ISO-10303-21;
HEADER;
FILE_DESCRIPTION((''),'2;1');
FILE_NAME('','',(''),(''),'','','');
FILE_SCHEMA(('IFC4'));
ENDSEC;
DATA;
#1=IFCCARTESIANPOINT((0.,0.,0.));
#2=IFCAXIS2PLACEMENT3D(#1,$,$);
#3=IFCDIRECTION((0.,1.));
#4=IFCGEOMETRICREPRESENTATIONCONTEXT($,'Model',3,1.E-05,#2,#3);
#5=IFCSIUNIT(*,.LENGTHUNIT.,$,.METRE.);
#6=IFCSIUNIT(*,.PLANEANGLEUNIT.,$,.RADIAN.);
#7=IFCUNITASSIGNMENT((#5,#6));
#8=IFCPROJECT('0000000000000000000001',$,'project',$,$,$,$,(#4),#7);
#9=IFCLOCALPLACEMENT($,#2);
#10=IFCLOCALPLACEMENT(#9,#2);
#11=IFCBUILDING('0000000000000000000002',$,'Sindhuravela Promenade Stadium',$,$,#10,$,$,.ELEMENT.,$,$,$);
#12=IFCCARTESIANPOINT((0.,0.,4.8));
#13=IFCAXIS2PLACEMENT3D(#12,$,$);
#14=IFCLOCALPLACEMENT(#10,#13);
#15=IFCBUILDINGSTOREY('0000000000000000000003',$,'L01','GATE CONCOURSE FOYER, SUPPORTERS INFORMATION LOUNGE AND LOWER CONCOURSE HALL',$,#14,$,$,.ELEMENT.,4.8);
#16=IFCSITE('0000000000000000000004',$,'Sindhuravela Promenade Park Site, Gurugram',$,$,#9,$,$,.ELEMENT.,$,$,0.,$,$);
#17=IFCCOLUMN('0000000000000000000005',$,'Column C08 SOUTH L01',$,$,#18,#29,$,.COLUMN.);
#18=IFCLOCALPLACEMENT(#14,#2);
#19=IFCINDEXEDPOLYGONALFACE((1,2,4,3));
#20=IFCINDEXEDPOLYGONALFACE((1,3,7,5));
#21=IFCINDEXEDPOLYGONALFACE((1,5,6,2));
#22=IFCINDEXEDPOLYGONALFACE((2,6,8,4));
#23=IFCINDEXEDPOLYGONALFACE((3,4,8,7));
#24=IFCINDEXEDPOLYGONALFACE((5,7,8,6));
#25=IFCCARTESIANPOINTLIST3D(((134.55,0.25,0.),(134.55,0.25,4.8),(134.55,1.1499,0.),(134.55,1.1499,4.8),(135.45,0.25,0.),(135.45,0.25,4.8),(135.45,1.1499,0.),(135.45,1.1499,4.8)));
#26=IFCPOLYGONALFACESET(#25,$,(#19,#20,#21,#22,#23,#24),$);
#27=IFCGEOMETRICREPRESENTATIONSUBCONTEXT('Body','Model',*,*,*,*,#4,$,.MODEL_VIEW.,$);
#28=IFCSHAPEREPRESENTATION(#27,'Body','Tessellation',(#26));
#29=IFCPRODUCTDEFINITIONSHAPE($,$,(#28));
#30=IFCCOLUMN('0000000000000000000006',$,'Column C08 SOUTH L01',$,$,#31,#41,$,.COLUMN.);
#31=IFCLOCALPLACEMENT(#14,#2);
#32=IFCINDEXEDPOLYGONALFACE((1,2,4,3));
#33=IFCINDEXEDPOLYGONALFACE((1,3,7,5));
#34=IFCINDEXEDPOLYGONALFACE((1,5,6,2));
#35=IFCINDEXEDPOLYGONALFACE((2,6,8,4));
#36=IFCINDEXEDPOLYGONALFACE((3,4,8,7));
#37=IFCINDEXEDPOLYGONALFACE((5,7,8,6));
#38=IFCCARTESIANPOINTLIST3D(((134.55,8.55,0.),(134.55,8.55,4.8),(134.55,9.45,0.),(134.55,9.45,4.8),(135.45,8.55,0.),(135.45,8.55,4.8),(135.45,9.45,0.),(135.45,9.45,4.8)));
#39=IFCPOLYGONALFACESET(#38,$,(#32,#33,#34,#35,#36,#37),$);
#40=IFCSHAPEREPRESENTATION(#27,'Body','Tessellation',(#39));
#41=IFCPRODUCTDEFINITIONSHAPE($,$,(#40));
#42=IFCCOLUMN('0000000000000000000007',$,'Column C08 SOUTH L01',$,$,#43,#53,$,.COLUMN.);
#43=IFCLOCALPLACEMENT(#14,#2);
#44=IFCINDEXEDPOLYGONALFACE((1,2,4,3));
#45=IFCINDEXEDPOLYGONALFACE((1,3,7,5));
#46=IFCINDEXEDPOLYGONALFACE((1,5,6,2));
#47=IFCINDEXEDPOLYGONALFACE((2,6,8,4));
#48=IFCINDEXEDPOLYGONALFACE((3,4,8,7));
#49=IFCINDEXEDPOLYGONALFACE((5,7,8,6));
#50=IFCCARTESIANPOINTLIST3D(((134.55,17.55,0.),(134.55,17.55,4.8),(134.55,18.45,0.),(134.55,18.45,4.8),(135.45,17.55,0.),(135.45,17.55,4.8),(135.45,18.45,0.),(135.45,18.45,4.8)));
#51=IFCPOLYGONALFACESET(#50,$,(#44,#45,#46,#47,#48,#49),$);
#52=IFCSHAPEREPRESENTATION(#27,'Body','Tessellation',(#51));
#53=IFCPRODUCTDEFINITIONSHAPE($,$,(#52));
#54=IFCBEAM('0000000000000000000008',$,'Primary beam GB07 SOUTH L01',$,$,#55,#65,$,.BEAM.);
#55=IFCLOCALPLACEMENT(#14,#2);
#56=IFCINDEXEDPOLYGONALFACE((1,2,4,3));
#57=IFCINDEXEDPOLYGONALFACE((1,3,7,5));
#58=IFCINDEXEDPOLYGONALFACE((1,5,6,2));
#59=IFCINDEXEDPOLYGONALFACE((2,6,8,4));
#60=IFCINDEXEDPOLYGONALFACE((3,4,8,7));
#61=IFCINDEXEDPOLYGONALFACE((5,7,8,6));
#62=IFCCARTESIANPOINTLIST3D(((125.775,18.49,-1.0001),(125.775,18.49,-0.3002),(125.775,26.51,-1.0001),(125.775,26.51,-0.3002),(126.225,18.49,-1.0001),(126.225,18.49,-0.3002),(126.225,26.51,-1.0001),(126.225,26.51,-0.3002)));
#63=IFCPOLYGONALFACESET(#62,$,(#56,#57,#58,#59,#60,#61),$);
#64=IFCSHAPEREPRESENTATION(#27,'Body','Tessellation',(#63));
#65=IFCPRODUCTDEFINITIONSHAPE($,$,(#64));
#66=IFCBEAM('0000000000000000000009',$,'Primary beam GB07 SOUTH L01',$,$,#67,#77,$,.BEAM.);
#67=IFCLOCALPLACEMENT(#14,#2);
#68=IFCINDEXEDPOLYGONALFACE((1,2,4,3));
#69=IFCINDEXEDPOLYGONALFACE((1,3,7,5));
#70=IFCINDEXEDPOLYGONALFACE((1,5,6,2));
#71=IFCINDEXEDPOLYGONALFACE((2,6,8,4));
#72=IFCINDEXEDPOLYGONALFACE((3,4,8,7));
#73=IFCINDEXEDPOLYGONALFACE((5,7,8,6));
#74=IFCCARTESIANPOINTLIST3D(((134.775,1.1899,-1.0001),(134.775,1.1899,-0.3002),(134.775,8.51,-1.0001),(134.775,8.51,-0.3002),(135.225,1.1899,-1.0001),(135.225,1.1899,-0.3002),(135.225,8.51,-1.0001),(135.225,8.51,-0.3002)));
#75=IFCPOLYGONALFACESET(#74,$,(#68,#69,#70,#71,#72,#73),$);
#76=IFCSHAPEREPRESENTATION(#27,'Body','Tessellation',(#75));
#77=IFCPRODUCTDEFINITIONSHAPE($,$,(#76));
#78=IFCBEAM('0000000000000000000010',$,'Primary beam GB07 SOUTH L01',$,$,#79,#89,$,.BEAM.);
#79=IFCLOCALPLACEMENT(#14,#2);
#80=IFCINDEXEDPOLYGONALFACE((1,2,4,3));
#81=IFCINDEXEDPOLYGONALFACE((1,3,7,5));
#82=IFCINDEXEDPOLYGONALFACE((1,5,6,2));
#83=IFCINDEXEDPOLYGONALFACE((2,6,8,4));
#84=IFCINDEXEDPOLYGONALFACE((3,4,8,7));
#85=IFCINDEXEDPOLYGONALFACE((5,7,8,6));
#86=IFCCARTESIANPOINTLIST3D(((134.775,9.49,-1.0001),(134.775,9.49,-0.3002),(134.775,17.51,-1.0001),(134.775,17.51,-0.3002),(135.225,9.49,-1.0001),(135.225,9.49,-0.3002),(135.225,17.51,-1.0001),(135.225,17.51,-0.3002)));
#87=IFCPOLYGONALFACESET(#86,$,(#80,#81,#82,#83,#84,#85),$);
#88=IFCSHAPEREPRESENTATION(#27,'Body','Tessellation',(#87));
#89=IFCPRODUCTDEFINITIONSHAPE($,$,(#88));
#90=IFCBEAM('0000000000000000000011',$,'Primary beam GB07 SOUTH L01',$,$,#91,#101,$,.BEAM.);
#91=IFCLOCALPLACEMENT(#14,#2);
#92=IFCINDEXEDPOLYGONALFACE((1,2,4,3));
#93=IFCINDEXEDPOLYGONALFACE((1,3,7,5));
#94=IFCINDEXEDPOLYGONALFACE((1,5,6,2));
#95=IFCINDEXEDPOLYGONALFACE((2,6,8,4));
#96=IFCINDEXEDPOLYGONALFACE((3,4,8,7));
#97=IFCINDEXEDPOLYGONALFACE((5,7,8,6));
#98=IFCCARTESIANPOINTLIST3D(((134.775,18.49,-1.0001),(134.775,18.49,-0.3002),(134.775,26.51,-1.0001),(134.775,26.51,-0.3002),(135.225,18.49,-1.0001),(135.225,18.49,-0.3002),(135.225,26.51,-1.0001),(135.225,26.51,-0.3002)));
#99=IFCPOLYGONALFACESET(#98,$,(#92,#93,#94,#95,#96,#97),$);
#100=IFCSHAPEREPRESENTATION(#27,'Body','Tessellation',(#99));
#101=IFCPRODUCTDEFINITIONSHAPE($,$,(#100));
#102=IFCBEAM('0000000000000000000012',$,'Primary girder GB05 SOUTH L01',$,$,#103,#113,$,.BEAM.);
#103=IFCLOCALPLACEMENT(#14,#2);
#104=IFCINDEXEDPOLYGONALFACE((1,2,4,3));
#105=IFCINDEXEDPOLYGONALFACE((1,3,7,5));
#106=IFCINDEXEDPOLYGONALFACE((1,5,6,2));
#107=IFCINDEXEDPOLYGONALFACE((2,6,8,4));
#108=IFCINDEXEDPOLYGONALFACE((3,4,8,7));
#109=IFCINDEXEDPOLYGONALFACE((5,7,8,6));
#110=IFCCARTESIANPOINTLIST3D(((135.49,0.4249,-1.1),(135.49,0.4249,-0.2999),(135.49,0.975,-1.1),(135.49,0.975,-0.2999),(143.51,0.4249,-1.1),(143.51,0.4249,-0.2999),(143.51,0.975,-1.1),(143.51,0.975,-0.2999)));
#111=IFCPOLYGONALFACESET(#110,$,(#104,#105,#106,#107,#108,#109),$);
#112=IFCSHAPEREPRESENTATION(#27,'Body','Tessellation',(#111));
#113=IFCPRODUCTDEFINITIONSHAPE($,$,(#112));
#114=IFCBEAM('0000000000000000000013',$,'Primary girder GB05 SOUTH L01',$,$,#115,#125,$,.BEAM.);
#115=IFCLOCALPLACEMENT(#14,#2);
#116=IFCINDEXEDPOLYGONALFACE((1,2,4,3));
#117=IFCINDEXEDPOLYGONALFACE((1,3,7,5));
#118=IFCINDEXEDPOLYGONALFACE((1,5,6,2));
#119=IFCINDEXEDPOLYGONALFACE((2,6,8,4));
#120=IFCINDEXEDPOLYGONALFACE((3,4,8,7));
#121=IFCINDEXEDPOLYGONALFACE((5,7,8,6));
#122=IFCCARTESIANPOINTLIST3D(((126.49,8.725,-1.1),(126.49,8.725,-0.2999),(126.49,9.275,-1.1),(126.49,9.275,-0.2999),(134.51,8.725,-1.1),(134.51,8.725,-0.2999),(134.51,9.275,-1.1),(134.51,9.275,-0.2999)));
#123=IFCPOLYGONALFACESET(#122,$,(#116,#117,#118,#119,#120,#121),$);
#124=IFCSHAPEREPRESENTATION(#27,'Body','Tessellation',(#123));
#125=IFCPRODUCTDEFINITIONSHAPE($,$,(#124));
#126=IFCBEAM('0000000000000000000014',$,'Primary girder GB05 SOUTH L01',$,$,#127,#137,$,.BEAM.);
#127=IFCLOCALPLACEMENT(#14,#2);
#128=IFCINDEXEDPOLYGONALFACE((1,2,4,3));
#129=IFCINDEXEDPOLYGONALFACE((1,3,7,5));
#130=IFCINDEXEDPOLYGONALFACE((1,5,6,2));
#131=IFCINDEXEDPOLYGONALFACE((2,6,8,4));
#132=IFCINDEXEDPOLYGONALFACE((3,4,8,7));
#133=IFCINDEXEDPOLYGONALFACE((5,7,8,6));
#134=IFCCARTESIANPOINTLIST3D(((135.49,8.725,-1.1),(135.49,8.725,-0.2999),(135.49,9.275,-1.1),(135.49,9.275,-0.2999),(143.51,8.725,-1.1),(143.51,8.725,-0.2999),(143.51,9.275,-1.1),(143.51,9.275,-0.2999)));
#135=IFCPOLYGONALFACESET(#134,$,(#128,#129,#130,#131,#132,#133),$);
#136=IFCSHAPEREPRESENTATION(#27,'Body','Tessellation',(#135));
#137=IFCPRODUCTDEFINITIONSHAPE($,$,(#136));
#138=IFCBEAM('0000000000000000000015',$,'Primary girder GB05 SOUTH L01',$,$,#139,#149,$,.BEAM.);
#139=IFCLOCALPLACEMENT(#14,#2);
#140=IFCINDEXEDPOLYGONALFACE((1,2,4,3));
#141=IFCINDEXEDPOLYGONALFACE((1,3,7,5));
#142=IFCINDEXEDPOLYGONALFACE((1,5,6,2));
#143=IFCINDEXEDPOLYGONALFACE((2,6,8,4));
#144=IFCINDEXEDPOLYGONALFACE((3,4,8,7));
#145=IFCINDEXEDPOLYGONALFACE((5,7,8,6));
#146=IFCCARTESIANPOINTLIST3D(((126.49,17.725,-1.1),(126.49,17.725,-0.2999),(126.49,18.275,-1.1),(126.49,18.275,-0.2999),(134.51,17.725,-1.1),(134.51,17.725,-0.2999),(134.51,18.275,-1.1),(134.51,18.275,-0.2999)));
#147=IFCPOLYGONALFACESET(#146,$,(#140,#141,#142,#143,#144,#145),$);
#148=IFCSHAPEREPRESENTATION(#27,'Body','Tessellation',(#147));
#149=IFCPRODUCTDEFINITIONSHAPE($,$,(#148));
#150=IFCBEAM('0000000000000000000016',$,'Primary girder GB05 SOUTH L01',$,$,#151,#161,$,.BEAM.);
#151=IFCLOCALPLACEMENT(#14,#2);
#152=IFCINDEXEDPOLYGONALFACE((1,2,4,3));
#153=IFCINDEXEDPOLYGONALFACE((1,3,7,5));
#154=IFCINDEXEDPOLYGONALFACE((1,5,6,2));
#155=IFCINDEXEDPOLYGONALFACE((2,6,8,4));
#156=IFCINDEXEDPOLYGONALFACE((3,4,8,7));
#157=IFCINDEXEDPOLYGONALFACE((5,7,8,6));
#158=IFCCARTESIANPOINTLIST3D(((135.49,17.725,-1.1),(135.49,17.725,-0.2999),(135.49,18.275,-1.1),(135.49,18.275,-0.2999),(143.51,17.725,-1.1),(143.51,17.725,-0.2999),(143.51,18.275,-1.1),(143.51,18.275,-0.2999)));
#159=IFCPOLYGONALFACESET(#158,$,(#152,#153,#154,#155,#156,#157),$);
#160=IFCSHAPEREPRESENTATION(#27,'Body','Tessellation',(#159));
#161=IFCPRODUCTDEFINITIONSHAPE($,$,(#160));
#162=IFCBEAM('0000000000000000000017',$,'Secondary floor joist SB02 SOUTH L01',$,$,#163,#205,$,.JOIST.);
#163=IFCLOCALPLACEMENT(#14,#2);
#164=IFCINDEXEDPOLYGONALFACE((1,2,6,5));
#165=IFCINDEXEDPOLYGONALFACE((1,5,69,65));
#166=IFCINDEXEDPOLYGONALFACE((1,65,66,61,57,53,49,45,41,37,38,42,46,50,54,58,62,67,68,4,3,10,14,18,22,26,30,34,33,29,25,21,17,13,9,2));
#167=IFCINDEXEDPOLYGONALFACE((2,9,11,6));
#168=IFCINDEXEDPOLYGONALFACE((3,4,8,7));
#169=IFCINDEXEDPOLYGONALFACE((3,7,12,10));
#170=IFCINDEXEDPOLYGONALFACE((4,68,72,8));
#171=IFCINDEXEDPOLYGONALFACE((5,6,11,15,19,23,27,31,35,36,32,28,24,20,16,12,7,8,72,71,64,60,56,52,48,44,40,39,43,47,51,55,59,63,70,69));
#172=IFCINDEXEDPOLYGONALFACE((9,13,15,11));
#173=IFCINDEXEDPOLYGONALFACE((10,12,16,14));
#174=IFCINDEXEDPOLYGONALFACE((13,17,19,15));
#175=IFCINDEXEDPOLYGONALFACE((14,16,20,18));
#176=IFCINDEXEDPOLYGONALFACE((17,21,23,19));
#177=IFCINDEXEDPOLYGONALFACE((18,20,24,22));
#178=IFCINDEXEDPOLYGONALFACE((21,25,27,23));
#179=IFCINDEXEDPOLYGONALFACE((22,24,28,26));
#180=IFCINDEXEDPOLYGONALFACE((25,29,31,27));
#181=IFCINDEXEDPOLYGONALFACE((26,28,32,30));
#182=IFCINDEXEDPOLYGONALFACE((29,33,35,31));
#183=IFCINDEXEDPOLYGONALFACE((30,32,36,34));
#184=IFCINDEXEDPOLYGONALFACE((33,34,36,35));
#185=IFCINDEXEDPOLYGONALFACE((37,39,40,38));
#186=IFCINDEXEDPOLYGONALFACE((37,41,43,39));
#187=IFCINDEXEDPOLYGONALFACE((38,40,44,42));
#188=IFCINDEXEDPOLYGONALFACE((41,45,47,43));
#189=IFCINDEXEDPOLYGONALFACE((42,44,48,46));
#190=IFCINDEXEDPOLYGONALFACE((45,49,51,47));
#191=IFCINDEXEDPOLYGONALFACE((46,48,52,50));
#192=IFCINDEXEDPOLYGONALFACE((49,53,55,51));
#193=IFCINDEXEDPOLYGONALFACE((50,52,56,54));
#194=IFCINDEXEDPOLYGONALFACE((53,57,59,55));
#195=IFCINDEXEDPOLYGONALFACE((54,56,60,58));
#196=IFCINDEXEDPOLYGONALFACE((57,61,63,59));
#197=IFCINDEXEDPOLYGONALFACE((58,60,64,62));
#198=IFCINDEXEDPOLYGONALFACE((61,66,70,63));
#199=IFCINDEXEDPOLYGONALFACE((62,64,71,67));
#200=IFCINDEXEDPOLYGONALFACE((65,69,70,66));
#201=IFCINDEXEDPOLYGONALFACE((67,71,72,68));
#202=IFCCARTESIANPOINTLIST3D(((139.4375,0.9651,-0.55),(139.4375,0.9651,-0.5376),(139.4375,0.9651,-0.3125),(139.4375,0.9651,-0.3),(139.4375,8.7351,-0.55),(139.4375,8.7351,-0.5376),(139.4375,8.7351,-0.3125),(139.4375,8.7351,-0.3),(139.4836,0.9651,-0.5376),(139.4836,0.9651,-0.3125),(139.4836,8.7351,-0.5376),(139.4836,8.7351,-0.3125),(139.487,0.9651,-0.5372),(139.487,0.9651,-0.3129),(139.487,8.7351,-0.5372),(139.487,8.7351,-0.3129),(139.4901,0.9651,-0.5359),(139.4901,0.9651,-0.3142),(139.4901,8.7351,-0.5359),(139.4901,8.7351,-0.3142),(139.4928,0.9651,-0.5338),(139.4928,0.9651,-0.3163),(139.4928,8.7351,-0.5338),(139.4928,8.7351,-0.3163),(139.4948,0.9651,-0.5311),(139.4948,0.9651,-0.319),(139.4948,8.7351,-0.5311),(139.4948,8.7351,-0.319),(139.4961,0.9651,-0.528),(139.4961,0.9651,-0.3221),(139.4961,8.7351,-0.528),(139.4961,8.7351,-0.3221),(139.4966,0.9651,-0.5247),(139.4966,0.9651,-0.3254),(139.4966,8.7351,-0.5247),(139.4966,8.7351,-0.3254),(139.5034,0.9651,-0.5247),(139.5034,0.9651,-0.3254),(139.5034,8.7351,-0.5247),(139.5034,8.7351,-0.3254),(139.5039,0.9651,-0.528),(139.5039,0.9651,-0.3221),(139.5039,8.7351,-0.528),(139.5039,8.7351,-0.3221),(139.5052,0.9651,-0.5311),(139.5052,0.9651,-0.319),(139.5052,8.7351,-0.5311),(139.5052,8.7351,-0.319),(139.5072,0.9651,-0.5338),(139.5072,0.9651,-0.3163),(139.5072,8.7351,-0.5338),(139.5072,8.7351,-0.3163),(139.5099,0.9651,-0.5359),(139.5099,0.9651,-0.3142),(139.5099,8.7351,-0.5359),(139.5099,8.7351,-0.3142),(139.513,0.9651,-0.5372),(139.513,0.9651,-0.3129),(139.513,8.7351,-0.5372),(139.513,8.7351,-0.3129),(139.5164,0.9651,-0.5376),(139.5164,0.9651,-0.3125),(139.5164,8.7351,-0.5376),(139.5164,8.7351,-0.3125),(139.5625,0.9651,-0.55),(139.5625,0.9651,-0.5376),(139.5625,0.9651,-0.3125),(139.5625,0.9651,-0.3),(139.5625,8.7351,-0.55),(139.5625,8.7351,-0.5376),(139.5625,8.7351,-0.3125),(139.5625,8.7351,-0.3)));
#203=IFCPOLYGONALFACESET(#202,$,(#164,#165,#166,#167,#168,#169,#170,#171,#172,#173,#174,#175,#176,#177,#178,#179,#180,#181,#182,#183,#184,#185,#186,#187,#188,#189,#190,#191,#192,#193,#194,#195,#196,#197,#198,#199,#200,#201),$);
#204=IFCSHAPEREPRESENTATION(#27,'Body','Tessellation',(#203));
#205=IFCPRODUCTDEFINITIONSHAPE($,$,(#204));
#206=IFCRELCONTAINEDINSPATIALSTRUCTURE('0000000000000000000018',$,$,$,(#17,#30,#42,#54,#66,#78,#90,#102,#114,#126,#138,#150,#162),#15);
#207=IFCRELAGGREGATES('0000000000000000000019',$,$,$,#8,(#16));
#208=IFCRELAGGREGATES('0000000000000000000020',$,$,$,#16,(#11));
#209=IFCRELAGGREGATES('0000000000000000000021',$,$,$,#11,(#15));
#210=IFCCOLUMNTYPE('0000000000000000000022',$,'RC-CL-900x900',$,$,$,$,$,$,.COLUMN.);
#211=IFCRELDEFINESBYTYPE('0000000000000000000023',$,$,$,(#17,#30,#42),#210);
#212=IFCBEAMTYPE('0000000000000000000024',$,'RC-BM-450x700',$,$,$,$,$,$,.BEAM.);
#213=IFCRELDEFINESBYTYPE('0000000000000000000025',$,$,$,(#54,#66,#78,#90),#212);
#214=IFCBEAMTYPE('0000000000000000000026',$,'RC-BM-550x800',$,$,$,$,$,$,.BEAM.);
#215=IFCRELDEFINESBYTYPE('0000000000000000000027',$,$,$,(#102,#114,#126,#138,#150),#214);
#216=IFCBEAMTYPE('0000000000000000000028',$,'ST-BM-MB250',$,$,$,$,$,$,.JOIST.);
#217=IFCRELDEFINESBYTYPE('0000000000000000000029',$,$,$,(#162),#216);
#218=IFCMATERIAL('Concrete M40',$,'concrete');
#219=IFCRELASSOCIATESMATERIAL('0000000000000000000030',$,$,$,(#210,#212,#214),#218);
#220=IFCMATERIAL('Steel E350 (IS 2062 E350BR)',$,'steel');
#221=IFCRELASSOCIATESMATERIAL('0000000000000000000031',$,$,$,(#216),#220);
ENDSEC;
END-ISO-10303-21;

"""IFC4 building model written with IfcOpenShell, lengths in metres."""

from ifc_helpers import new_model, si_unit, direction, frame, origin, origin_2d, place, context, subcontext, project, spatial, rectangle, i_section, extrude, material, material_profile, profile_set, type_object, element, save


model = new_model("IFC4")

# Units and contexts
model_context = context("Model", 3, precision=1e-05, world=origin(), true_north=direction((0.0, 1.0)))
body_context = subcontext(model_context, "Body", "Model", "MODEL_VIEW")
ifc_project = project(units=[si_unit("LENGTHUNIT", "METRE"), si_unit("PLANEANGLEUNIT", "RADIAN")], contexts=[model_context])

# Site, building, storey
site_placement = place(None, origin())
site = spatial("IfcSite", under=ifc_project, at=site_placement, Name="Sindhuravela Promenade Park Site, Gurugram", CompositionType="ELEMENT", RefElevation=0.0)
building_placement = place(site_placement, origin())
building = spatial("IfcBuilding", under=site, at=building_placement, Name="Sindhuravela Promenade Stadium", CompositionType="ELEMENT")
storey_placement = place(building_placement, frame((0.0, 0.0, 4.8)))
storey = spatial("IfcBuildingStorey", under=building, at=storey_placement, Name="L01", Description="GATE CONCOURSE FOYER, SUPPORTERS INFORMATION LOUNGE AND LOWER CONCOURSE HALL", CompositionType="ELEMENT", Elevation=4.8)

# Columns
ifc_material_1 = material(Name="Concrete M40", Category="concrete")
ifc_material_profile_1 = material_profile(ifc_material_1, rectangle(XDim=0.8999, YDim=0.8999, at=origin_2d()), Name="RC 900x900")
ifc_profile_set_1 = profile_set([ifc_material_profile_1], Name="Concrete M40")
column_type = type_object("IfcColumnType", Name="RC-CL-900x900", PredefinedType="COLUMN", material=ifc_profile_set_1)
for number, where, z_axis, x_axis, name in (
    (1, (135.0, 0.7, 0.0), (0.0, 0.0, 1.0), (1.0, 0.0, 0.0), "Column C08 SOUTH L01"),
    (2, (135.0, 9.0, 0.0), (0.0, 0.0, 1.0), (1.0, 0.0, 0.0), "Column C08 SOUTH L01"),
    (3, (135.0, 18.0, 0.0), (0.0, 0.0, 1.0), (1.0, 0.0, 0.0), "Column C08 SOUTH L01"),
):
    element("IfcColumn", number, at=place(storey_placement, frame(where, z_axis=z_axis, x_axis=x_axis)), inside=storey, type_object=column_type, Name=name, PredefinedType="COLUMN", context=body_context, shape_type="SweptSolid", body=[
        extrude(rectangle(XDim=0.8999, YDim=0.8999, at=origin_2d()), origin(), (0.0, 0.0, 1.0), 4.8),
    ])

# Beams
ifc_material_profile_2 = material_profile(ifc_material_1, rectangle(XDim=0.45, YDim=0.7, at=origin_2d()), Name="RC 450x700")
ifc_profile_set_2 = profile_set([ifc_material_profile_2], Name="Concrete M40")
beam_type_1 = type_object("IfcBeamType", Name="RC-BM-450x700", PredefinedType="BEAM", material=ifc_profile_set_2)
beam_1_placement = place(storey_placement, frame((126.0, 18.49, -0.6501), z_axis=(0.0, 1.0, 0.0), x_axis=(-1.0, 0.0, 0.0)))
element("IfcBeam", 4, at=beam_1_placement, inside=storey, type_object=beam_type_1, Name="Primary beam GB07 SOUTH L01", PredefinedType="BEAM", context=body_context, shape_type="SweptSolid", body=[
    extrude(rectangle(XDim=0.45, YDim=0.7, at=origin_2d()), origin(), (0.0, 0.0, 1.0), 8.02),
])
beam_2_placement = place(storey_placement, frame((135.0, 1.1899, -0.6501), z_axis=(0.0, 1.0, 0.0), x_axis=(-1.0, 0.0, 0.0)))
element("IfcBeam", 5, at=beam_2_placement, inside=storey, type_object=beam_type_1, Name="Primary beam GB07 SOUTH L01", PredefinedType="BEAM", context=body_context, shape_type="SweptSolid", body=[
    extrude(rectangle(XDim=0.45, YDim=0.7, at=origin_2d()), origin(), (0.0, 0.0, 1.0), 7.3201),
])
for number, where, z_axis, x_axis, name in (
    (6, (135.0, 9.49, -0.6501), (0.0, 1.0, 0.0), (-1.0, 0.0, 0.0), "Primary beam GB07 SOUTH L01"),
    (7, (135.0, 18.49, -0.6501), (0.0, 1.0, 0.0), (-1.0, 0.0, 0.0), "Primary beam GB07 SOUTH L01"),
):
    element("IfcBeam", number, at=place(storey_placement, frame(where, z_axis=z_axis, x_axis=x_axis)), inside=storey, type_object=beam_type_1, Name=name, PredefinedType="BEAM", context=body_context, shape_type="SweptSolid", body=[
        extrude(rectangle(XDim=0.45, YDim=0.7, at=origin_2d()), origin(), (0.0, 0.0, 1.0), 8.02),
    ])
ifc_material_profile_3 = material_profile(ifc_material_1, rectangle(XDim=0.55, YDim=0.8, at=origin_2d()), Name="RC 550x800")
ifc_profile_set_3 = profile_set([ifc_material_profile_3], Name="Concrete M40")
beam_type_2 = type_object("IfcBeamType", Name="RC-BM-550x800", PredefinedType="BEAM", material=ifc_profile_set_3)
for number, where, z_axis, x_axis, name in (
    (8, (135.49, 0.7, -0.7), (1.0, 0.0, 0.0), (0.0, 1.0, 0.0), "Primary girder GB05 SOUTH L01"),
    (9, (126.49, 9.0, -0.7), (1.0, 0.0, 0.0), (0.0, 1.0, 0.0), "Primary girder GB05 SOUTH L01"),
    (10, (135.49, 9.0, -0.7), (1.0, 0.0, 0.0), (0.0, 1.0, 0.0), "Primary girder GB05 SOUTH L01"),
    (11, (126.49, 18.0, -0.7), (1.0, 0.0, 0.0), (0.0, 1.0, 0.0), "Primary girder GB05 SOUTH L01"),
    (12, (135.49, 18.0, -0.7), (1.0, 0.0, 0.0), (0.0, 1.0, 0.0), "Primary girder GB05 SOUTH L01"),
):
    element("IfcBeam", number, at=place(storey_placement, frame(where, z_axis=z_axis, x_axis=x_axis)), inside=storey, type_object=beam_type_2, Name=name, PredefinedType="BEAM", context=body_context, shape_type="SweptSolid", body=[
        extrude(rectangle(XDim=0.55, YDim=0.8, at=origin_2d()), origin(), (0.0, 0.0, 1.0), 8.02),
    ])
ifc_material_2 = material(Name="Steel E350 (IS 2062 E350BR)", Category="steel")
ifc_material_profile_4 = material_profile(ifc_material_2, i_section(OverallWidth=0.125, OverallDepth=0.25, WebThickness=0.0068, FlangeThickness=0.0125, FilletRadius=0.0129, at=origin_2d()), Name="ISMB 250")
ifc_profile_set_4 = profile_set([ifc_material_profile_4], Name="Steel E350 (IS 2062 E350BR)")
beam_type_3 = type_object("IfcBeamType", Name="ST-BM-MB250", PredefinedType="JOIST", material=ifc_profile_set_4)
beam_3_placement = place(storey_placement, frame((139.5, 0.9651, -0.425), z_axis=(0.0, 1.0, 0.0), x_axis=(-1.0, 0.0, 0.0)))
element("IfcBeam", 13, at=beam_3_placement, inside=storey, type_object=beam_type_3, Name="Secondary floor joist SB02 SOUTH L01", PredefinedType="JOIST", context=body_context, shape_type="SweptSolid", body=[
    extrude(i_section(OverallWidth=0.125, OverallDepth=0.25, WebThickness=0.0068, FlangeThickness=0.0125, FilletRadius=0.0129, at=origin_2d()), origin(), (0.0, 0.0, 1.0), 7.77),
])

save(model, "model.ifc")
